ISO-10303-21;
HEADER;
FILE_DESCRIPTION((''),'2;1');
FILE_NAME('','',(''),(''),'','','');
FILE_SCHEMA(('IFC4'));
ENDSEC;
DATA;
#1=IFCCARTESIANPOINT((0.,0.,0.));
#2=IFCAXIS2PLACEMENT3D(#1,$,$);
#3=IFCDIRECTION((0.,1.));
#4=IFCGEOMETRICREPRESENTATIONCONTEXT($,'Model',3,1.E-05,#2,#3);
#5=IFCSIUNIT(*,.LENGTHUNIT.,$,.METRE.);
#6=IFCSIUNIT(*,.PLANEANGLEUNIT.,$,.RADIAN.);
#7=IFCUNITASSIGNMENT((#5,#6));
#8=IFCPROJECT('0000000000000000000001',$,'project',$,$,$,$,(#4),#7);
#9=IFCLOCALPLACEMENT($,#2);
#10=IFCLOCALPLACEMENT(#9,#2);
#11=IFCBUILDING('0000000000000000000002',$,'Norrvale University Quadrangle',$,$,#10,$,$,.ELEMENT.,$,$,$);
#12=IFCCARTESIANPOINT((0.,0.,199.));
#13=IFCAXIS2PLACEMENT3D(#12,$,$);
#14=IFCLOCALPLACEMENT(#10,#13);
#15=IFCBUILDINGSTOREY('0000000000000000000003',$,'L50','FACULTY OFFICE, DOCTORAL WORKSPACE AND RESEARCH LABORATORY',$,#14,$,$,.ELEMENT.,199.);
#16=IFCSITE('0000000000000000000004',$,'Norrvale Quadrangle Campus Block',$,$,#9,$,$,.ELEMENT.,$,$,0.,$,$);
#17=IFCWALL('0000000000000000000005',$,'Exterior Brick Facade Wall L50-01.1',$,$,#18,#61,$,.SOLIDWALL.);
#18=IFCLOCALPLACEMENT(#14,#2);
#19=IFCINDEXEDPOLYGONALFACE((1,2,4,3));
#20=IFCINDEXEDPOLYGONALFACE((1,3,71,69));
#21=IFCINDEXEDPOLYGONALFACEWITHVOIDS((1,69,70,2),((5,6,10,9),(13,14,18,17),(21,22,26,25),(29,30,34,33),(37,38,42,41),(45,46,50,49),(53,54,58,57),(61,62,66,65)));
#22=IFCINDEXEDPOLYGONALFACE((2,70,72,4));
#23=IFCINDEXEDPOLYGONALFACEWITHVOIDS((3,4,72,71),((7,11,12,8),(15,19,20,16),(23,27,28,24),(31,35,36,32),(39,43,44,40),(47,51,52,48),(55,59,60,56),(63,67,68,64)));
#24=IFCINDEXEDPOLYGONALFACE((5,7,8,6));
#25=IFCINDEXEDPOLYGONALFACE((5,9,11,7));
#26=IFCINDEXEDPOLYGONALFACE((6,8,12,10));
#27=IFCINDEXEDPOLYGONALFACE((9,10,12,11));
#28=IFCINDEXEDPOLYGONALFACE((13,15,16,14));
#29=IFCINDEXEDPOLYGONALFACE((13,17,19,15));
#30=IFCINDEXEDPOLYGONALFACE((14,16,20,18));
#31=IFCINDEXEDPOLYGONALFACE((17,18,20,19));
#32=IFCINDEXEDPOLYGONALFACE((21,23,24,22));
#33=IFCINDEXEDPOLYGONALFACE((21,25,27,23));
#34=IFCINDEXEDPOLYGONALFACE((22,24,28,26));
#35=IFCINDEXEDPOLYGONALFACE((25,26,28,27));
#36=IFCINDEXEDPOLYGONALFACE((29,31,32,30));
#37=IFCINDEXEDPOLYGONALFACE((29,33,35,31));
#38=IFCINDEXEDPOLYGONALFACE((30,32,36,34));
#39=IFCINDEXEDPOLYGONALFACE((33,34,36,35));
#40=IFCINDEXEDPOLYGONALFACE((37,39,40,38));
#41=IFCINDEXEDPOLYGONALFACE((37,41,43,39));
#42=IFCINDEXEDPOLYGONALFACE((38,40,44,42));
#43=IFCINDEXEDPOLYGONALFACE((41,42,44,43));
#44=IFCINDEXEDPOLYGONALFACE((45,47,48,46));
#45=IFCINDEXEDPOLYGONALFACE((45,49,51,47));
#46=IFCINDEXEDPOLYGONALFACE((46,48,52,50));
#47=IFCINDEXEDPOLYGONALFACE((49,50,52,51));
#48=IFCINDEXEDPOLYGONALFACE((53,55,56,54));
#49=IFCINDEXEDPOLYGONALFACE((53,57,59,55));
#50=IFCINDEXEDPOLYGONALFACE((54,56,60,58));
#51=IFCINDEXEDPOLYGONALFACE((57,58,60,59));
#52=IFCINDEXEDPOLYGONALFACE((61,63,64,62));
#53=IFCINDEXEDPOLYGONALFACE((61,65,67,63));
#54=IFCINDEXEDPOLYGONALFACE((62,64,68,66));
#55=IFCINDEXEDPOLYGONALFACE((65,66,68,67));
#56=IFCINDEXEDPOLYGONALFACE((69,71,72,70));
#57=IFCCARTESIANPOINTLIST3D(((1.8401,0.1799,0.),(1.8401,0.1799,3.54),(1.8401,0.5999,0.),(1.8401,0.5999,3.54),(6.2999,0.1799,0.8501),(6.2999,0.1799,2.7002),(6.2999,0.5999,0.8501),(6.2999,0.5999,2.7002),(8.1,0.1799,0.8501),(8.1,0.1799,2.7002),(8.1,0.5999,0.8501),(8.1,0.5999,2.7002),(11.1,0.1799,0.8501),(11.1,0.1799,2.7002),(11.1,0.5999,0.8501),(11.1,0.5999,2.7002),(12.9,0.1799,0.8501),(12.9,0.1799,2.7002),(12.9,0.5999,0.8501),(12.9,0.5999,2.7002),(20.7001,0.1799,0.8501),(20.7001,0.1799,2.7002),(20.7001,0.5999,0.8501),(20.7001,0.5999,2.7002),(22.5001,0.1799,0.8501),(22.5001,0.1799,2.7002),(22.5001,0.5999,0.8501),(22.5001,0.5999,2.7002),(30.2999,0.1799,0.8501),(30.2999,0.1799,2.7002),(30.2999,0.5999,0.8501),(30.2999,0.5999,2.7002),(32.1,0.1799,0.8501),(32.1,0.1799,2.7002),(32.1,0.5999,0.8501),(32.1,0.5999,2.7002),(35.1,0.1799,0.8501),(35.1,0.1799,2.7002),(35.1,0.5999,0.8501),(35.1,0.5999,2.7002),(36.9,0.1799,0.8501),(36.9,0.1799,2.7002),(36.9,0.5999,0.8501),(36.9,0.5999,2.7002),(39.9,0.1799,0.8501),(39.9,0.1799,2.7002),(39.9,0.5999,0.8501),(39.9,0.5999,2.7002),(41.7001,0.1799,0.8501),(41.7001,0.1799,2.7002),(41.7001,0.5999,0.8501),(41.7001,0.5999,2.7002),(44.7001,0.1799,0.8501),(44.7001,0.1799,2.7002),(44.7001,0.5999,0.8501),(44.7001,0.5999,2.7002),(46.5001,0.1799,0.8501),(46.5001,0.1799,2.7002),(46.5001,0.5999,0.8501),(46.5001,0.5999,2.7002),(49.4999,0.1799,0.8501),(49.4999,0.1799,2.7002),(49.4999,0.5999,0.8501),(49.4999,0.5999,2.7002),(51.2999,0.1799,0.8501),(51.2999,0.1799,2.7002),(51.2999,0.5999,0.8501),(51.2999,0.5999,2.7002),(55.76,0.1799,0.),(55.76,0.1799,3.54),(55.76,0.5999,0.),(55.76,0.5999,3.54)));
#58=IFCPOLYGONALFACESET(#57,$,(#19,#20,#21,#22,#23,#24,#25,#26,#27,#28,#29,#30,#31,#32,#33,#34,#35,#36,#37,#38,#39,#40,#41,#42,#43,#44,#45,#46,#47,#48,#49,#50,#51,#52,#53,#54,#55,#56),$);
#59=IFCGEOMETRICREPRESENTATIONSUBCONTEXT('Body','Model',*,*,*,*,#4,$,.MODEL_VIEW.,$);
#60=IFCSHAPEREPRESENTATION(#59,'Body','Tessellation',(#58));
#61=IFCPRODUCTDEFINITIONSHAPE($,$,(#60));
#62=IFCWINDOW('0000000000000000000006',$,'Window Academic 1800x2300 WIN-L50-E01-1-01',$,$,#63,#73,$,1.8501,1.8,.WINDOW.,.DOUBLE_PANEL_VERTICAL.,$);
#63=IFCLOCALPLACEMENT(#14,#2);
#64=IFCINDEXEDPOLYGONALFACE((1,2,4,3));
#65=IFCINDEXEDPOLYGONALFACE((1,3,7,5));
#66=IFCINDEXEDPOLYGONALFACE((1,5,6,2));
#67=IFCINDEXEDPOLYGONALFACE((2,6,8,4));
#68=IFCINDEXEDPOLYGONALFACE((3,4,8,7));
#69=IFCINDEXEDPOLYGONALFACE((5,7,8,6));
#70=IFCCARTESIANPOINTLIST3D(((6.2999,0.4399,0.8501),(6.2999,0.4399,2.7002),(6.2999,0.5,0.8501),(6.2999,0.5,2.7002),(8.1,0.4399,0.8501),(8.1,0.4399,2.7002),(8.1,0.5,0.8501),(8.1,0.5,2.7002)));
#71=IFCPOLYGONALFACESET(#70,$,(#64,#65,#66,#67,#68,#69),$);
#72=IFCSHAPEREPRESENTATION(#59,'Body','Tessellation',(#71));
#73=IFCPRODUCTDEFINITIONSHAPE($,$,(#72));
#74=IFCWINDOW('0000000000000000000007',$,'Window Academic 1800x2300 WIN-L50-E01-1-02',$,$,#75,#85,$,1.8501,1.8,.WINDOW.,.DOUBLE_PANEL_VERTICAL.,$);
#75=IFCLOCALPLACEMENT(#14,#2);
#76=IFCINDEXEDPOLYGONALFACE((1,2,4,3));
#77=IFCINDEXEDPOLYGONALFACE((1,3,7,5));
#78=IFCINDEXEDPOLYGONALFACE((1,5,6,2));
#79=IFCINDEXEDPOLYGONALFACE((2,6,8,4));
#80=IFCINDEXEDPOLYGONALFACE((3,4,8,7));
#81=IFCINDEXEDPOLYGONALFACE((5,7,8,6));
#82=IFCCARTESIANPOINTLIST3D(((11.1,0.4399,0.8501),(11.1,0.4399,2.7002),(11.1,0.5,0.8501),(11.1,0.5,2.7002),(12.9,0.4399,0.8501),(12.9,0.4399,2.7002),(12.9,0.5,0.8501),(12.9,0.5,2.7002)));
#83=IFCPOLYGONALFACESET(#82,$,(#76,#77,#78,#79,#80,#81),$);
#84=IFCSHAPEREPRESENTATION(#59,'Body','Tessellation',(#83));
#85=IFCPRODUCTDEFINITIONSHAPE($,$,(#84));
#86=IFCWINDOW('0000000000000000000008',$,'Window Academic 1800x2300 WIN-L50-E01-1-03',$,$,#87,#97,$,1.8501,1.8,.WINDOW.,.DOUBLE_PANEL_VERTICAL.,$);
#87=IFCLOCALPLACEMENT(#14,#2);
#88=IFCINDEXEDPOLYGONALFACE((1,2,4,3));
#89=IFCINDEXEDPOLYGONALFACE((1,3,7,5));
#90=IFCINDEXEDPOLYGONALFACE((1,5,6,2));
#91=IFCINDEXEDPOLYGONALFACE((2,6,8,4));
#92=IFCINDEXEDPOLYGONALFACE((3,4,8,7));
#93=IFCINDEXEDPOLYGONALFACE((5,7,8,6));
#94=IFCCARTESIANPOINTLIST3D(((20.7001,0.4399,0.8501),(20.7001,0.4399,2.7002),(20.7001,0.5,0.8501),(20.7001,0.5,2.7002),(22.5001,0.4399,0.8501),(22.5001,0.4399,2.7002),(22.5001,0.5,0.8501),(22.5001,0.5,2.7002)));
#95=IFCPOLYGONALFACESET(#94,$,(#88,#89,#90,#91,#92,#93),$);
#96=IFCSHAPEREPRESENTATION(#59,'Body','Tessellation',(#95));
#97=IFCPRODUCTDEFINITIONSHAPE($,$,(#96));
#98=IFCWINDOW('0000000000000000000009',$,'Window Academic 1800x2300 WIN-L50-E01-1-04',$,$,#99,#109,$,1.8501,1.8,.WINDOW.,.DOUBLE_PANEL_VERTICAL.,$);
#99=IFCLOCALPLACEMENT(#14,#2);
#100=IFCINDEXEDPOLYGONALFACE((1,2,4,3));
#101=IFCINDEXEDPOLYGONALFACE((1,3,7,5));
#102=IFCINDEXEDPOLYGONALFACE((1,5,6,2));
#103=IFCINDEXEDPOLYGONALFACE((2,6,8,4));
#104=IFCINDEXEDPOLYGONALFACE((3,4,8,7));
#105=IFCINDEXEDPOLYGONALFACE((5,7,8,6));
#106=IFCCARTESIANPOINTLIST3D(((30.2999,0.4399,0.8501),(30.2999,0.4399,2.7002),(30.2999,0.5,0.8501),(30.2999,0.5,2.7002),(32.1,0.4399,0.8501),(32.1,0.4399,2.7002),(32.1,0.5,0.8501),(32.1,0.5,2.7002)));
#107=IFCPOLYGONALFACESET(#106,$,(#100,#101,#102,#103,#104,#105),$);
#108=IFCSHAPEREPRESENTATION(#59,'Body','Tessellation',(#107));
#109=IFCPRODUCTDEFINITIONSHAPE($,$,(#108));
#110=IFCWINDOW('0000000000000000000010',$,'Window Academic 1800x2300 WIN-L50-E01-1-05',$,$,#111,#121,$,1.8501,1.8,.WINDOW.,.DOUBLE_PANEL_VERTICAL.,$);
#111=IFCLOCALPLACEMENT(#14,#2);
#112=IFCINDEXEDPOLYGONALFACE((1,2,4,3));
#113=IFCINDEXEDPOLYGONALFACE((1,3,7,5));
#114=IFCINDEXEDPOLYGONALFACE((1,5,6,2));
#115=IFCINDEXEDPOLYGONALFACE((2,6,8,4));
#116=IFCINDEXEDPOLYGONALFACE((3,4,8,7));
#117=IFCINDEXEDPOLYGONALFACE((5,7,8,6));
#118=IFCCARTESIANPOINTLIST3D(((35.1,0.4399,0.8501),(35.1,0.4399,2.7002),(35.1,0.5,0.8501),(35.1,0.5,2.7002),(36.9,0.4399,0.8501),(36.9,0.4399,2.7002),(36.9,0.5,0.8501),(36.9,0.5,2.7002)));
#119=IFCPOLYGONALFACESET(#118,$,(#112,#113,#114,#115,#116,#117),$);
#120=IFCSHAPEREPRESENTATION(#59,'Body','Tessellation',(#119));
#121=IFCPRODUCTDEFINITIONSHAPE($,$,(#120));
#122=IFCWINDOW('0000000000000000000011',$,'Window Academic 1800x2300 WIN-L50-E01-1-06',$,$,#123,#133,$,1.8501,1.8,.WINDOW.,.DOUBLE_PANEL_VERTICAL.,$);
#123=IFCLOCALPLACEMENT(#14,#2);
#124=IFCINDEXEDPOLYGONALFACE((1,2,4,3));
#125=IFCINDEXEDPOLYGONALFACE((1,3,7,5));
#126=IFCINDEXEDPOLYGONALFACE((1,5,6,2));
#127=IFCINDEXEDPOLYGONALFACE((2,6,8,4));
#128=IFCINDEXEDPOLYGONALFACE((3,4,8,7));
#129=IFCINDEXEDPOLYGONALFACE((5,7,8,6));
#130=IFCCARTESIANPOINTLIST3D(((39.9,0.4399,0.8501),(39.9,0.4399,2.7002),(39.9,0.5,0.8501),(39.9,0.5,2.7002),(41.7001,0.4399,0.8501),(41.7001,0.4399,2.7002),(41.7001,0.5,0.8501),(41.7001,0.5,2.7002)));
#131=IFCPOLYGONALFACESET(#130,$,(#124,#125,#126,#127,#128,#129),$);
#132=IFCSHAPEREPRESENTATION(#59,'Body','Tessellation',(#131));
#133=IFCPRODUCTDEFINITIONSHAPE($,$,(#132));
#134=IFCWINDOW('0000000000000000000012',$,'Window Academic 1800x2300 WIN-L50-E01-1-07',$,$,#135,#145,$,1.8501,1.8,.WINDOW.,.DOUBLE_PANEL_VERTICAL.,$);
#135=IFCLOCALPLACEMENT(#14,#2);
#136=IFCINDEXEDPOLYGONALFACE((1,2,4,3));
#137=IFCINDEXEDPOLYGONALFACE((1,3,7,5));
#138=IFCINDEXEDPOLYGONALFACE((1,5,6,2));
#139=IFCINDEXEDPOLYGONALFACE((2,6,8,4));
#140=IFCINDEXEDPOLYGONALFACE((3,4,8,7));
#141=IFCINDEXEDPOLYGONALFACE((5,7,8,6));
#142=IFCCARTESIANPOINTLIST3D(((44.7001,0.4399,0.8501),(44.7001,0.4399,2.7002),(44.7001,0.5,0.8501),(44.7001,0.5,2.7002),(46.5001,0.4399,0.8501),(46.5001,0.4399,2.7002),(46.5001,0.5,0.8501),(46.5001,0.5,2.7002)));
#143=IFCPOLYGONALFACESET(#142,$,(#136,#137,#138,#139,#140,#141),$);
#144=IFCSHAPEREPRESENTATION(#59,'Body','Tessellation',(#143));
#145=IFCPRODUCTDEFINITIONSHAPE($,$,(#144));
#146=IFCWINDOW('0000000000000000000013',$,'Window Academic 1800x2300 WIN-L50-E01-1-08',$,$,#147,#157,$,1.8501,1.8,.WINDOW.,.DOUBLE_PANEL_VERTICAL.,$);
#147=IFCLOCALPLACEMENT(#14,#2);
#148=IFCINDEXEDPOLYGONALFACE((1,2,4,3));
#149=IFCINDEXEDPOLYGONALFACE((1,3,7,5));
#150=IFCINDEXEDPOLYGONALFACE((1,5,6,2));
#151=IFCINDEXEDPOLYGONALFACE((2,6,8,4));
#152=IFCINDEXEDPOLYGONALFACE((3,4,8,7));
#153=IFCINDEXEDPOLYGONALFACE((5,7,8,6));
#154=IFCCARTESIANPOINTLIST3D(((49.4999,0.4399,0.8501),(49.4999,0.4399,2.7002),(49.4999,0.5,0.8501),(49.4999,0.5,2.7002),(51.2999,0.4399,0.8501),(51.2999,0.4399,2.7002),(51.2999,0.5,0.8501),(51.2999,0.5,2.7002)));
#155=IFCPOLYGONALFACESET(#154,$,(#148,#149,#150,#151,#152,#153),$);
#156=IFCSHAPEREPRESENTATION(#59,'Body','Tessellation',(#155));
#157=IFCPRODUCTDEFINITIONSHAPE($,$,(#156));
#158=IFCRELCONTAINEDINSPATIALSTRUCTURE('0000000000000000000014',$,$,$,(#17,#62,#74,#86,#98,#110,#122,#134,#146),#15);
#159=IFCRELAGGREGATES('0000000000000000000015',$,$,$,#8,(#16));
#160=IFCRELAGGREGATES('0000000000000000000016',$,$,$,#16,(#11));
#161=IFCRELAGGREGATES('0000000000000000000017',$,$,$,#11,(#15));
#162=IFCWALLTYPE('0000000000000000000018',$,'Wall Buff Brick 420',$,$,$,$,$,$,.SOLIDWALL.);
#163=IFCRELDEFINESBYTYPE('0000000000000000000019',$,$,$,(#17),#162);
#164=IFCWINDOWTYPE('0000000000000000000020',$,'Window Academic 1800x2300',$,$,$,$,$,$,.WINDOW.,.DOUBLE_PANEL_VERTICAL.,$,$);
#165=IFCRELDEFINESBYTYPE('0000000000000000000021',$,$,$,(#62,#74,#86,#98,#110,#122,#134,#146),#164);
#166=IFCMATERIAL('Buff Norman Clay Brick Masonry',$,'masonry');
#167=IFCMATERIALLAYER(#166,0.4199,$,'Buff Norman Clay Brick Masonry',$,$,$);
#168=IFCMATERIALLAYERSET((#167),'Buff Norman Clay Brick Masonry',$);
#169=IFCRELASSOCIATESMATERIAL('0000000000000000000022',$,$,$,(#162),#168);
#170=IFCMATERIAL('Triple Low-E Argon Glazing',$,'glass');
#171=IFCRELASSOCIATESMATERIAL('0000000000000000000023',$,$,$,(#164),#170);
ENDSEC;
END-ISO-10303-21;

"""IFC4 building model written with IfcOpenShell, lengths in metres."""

from ifc_helpers import new_model, si_unit, direction, frame, frame_2d, origin, place, context, subcontext, project, spatial, rectangle, extrude, material, layer, layer_set, type_object, element, fill, save


model = new_model("IFC4")

# Units and contexts
model_context = context("Model", 3, precision=1e-05, world=origin(), true_north=direction((0.0, 1.0)))
body_context = subcontext(model_context, "Body", "Model", "MODEL_VIEW")
ifc_project = project(units=[si_unit("LENGTHUNIT", "METRE"), si_unit("PLANEANGLEUNIT", "RADIAN")], contexts=[model_context])

# Site, building, storey
site_placement = place(None, origin())
site = spatial("IfcSite", under=ifc_project, at=site_placement, Name="Norrvale Quadrangle Campus Block", CompositionType="ELEMENT", RefElevation=0.0)
building_placement = place(site_placement, origin())
building = spatial("IfcBuilding", under=site, at=building_placement, Name="Norrvale University Quadrangle", CompositionType="ELEMENT")
storey_placement = place(building_placement, frame((0.0, 0.0, 199.0)))
storey = spatial("IfcBuildingStorey", under=building, at=storey_placement, Name="L50", Description="FACULTY OFFICE, DOCTORAL WORKSPACE AND RESEARCH LABORATORY", CompositionType="ELEMENT", Elevation=199.0)

# Wall, openings, windows
ifc_material_1 = material(Name="Buff Norman Clay Brick Masonry", Category="masonry")
ifc_layer_1 = layer(ifc_material_1, 0.4199, Name="Buff Norman Clay Brick Masonry")
ifc_layer_set_1 = layer_set([ifc_layer_1], Name="Buff Norman Clay Brick Masonry")
wall_type_1 = type_object("IfcWallType", Name="Wall Buff Brick 420", PredefinedType="SOLIDWALL", material=ifc_layer_set_1)
wall_1_placement = place(storey_placement, frame((1.8401, 0.3899, 0.0), z_axis=(0.0, 0.0, 1.0), x_axis=(1.0, 0.0, 0.0)))
wall_1 = element("IfcWall", 1, at=wall_1_placement, inside=storey, type_object=wall_type_1, Name="Exterior Brick Facade Wall L50-01.1", PredefinedType="SOLIDWALL", context=body_context, shape_type="SweptSolid", body=[
    extrude(rectangle(XDim=53.9199, YDim=0.4199, at=frame_2d((26.96, 0.0))), origin(), (0.0, 0.0, 1.0), 3.54),
])
opening_1_placement = place(wall_1_placement, frame((4.46, 0.0, 0.8501)))
opening_1 = element("IfcOpeningElement", 2, at=opening_1_placement, cuts=wall_1, PredefinedType="OPENING", context=body_context, shape_type="SweptSolid", body=[
    extrude(rectangle(XDim=1.8, YDim=1.8501, at=frame_2d((0.8999, 0.925))), frame((0.0, 0.2219, 0.0), z_axis=(0.0, -1.0, 0.0), x_axis=(1.0, 0.0, 0.0)), (0.0, 0.0, 1.0), 0.4438),
])
opening_2_placement = place(wall_1_placement, frame((9.26, 0.0, 0.8501)))
opening_2 = element("IfcOpeningElement", 3, at=opening_2_placement, cuts=wall_1, PredefinedType="OPENING", context=body_context, shape_type="SweptSolid", body=[
    extrude(rectangle(XDim=1.8, YDim=1.8501, at=frame_2d((0.8999, 0.925))), frame((0.0, 0.2219, 0.0), z_axis=(0.0, -1.0, 0.0), x_axis=(1.0, 0.0, 0.0)), (0.0, 0.0, 1.0), 0.4438),
])
opening_3_placement = place(wall_1_placement, frame((18.8601, 0.0, 0.8501)))
opening_3 = element("IfcOpeningElement", 4, at=opening_3_placement, cuts=wall_1, PredefinedType="OPENING", context=body_context, shape_type="SweptSolid", body=[
    extrude(rectangle(XDim=1.8, YDim=1.8501, at=frame_2d((0.8999, 0.925))), frame((0.0, 0.2219, 0.0), z_axis=(0.0, -1.0, 0.0), x_axis=(1.0, 0.0, 0.0)), (0.0, 0.0, 1.0), 0.4438),
])
opening_4_placement = place(wall_1_placement, frame((28.46, 0.0, 0.8501)))
opening_4 = element("IfcOpeningElement", 5, at=opening_4_placement, cuts=wall_1, PredefinedType="OPENING", context=body_context, shape_type="SweptSolid", body=[
    extrude(rectangle(XDim=1.8, YDim=1.8501, at=frame_2d((0.8999, 0.925))), frame((0.0, 0.2219, 0.0), z_axis=(0.0, -1.0, 0.0), x_axis=(1.0, 0.0, 0.0)), (0.0, 0.0, 1.0), 0.4438),
])
opening_5_placement = place(wall_1_placement, frame((33.26, 0.0, 0.8501)))
opening_5 = element("IfcOpeningElement", 6, at=opening_5_placement, cuts=wall_1, PredefinedType="OPENING", context=body_context, shape_type="SweptSolid", body=[
    extrude(rectangle(XDim=1.8, YDim=1.8501, at=frame_2d((0.8999, 0.925))), frame((0.0, 0.2219, 0.0), z_axis=(0.0, -1.0, 0.0), x_axis=(1.0, 0.0, 0.0)), (0.0, 0.0, 1.0), 0.4438),
])
opening_6_placement = place(wall_1_placement, frame((38.0601, 0.0, 0.8501)))
opening_6 = element("IfcOpeningElement", 7, at=opening_6_placement, cuts=wall_1, PredefinedType="OPENING", context=body_context, shape_type="SweptSolid", body=[
    extrude(rectangle(XDim=1.8, YDim=1.8501, at=frame_2d((0.8999, 0.925))), frame((0.0, 0.2219, 0.0), z_axis=(0.0, -1.0, 0.0), x_axis=(1.0, 0.0, 0.0)), (0.0, 0.0, 1.0), 0.4438),
])
opening_7_placement = place(wall_1_placement, frame((42.8601, 0.0, 0.8501)))
opening_7 = element("IfcOpeningElement", 8, at=opening_7_placement, cuts=wall_1, PredefinedType="OPENING", context=body_context, shape_type="SweptSolid", body=[
    extrude(rectangle(XDim=1.8, YDim=1.8501, at=frame_2d((0.8999, 0.925))), frame((0.0, 0.2219, 0.0), z_axis=(0.0, -1.0, 0.0), x_axis=(1.0, 0.0, 0.0)), (0.0, 0.0, 1.0), 0.4438),
])
opening_8_placement = place(wall_1_placement, frame((47.6599, 0.0, 0.8501)))
opening_8 = element("IfcOpeningElement", 9, at=opening_8_placement, cuts=wall_1, PredefinedType="OPENING", context=body_context, shape_type="SweptSolid", body=[
    extrude(rectangle(XDim=1.8, YDim=1.8501, at=frame_2d((0.8999, 0.925))), frame((0.0, 0.2219, 0.0), z_axis=(0.0, -1.0, 0.0), x_axis=(1.0, 0.0, 0.0)), (0.0, 0.0, 1.0), 0.4438),
])
ifc_material_2 = material(Name="Triple Low-E Argon Glazing", Category="glass")
window_type = type_object("IfcWindowType", Name="Window Academic 1800x2300", PartitioningType="DOUBLE_PANEL_VERTICAL", PredefinedType="WINDOW", material=ifc_material_2)
window_1_placement = place(opening_1_placement, origin())
window_1 = element("IfcWindow", 10, at=window_1_placement, inside=storey, type_object=window_type, Name="Window Academic 1800x2300 WIN-L50-E01-1-01", OverallHeight=1.8501, OverallWidth=1.8, PartitioningType="DOUBLE_PANEL_VERTICAL", PredefinedType="WINDOW", context=body_context, shape_type="SweptSolid", body=[
    extrude(rectangle(XDim=1.8, YDim=1.8501, at=frame_2d((0.8999, 0.925))), frame((0.0, 0.1101, 0.0), z_axis=(0.0, -1.0, 0.0), x_axis=(1.0, 0.0, 0.0)), (0.0, 0.0, 1.0), 0.0601),
])
fill(opening_1, window_1)
window_2_placement = place(opening_2_placement, origin())
window_2 = element("IfcWindow", 11, at=window_2_placement, inside=storey, type_object=window_type, Name="Window Academic 1800x2300 WIN-L50-E01-1-02", OverallHeight=1.8501, OverallWidth=1.8, PartitioningType="DOUBLE_PANEL_VERTICAL", PredefinedType="WINDOW", context=body_context, shape_type="SweptSolid", body=[
    extrude(rectangle(XDim=1.8, YDim=1.8501, at=frame_2d((0.8999, 0.925))), frame((0.0, 0.1101, 0.0), z_axis=(0.0, -1.0, 0.0), x_axis=(1.0, 0.0, 0.0)), (0.0, 0.0, 1.0), 0.0601),
])
fill(opening_2, window_2)
window_3_placement = place(opening_3_placement, origin())
window_3 = element("IfcWindow", 12, at=window_3_placement, inside=storey, type_object=window_type, Name="Window Academic 1800x2300 WIN-L50-E01-1-03", OverallHeight=1.8501, OverallWidth=1.8, PartitioningType="DOUBLE_PANEL_VERTICAL", PredefinedType="WINDOW", context=body_context, shape_type="SweptSolid", body=[
    extrude(rectangle(XDim=1.8, YDim=1.8501, at=frame_2d((0.8999, 0.925))), frame((0.0, 0.1101, 0.0), z_axis=(0.0, -1.0, 0.0), x_axis=(1.0, 0.0, 0.0)), (0.0, 0.0, 1.0), 0.0601),
])
fill(opening_3, window_3)
window_4_placement = place(opening_4_placement, origin())
window_4 = element("IfcWindow", 13, at=window_4_placement, inside=storey, type_object=window_type, Name="Window Academic 1800x2300 WIN-L50-E01-1-04", OverallHeight=1.8501, OverallWidth=1.8, PartitioningType="DOUBLE_PANEL_VERTICAL", PredefinedType="WINDOW", context=body_context, shape_type="SweptSolid", body=[
    extrude(rectangle(XDim=1.8, YDim=1.8501, at=frame_2d((0.8999, 0.925))), frame((0.0, 0.1101, 0.0), z_axis=(0.0, -1.0, 0.0), x_axis=(1.0, 0.0, 0.0)), (0.0, 0.0, 1.0), 0.0601),
])
fill(opening_4, window_4)
window_5_placement = place(opening_5_placement, origin())
window_5 = element("IfcWindow", 14, at=window_5_placement, inside=storey, type_object=window_type, Name="Window Academic 1800x2300 WIN-L50-E01-1-05", OverallHeight=1.8501, OverallWidth=1.8, PartitioningType="DOUBLE_PANEL_VERTICAL", PredefinedType="WINDOW", context=body_context, shape_type="SweptSolid", body=[
    extrude(rectangle(XDim=1.8, YDim=1.8501, at=frame_2d((0.8999, 0.925))), frame((0.0, 0.1101, 0.0), z_axis=(0.0, -1.0, 0.0), x_axis=(1.0, 0.0, 0.0)), (0.0, 0.0, 1.0), 0.0601),
])
fill(opening_5, window_5)
window_6_placement = place(opening_6_placement, origin())
window_6 = element("IfcWindow", 15, at=window_6_placement, inside=storey, type_object=window_type, Name="Window Academic 1800x2300 WIN-L50-E01-1-06", OverallHeight=1.8501, OverallWidth=1.8, PartitioningType="DOUBLE_PANEL_VERTICAL", PredefinedType="WINDOW", context=body_context, shape_type="SweptSolid", body=[
    extrude(rectangle(XDim=1.8, YDim=1.8501, at=frame_2d((0.8999, 0.925))), frame((0.0, 0.1101, 0.0), z_axis=(0.0, -1.0, 0.0), x_axis=(1.0, 0.0, 0.0)), (0.0, 0.0, 1.0), 0.0601),
])
fill(opening_6, window_6)
window_7_placement = place(opening_7_placement, origin())
window_7 = element("IfcWindow", 16, at=window_7_placement, inside=storey, type_object=window_type, Name="Window Academic 1800x2300 WIN-L50-E01-1-07", OverallHeight=1.8501, OverallWidth=1.8, PartitioningType="DOUBLE_PANEL_VERTICAL", PredefinedType="WINDOW", context=body_context, shape_type="SweptSolid", body=[
    extrude(rectangle(XDim=1.8, YDim=1.8501, at=frame_2d((0.8999, 0.925))), frame((0.0, 0.1101, 0.0), z_axis=(0.0, -1.0, 0.0), x_axis=(1.0, 0.0, 0.0)), (0.0, 0.0, 1.0), 0.0601),
])
fill(opening_7, window_7)
window_8_placement = place(opening_8_placement, origin())
window_8 = element("IfcWindow", 17, at=window_8_placement, inside=storey, type_object=window_type, Name="Window Academic 1800x2300 WIN-L50-E01-1-08", OverallHeight=1.8501, OverallWidth=1.8, PartitioningType="DOUBLE_PANEL_VERTICAL", PredefinedType="WINDOW", context=body_context, shape_type="SweptSolid", body=[
    extrude(rectangle(XDim=1.8, YDim=1.8501, at=frame_2d((0.8999, 0.925))), frame((0.0, 0.1101, 0.0), z_axis=(0.0, -1.0, 0.0), x_axis=(1.0, 0.0, 0.0)), (0.0, 0.0, 1.0), 0.0601),
])
fill(opening_8, window_8)

save(model, "model.ifc")
